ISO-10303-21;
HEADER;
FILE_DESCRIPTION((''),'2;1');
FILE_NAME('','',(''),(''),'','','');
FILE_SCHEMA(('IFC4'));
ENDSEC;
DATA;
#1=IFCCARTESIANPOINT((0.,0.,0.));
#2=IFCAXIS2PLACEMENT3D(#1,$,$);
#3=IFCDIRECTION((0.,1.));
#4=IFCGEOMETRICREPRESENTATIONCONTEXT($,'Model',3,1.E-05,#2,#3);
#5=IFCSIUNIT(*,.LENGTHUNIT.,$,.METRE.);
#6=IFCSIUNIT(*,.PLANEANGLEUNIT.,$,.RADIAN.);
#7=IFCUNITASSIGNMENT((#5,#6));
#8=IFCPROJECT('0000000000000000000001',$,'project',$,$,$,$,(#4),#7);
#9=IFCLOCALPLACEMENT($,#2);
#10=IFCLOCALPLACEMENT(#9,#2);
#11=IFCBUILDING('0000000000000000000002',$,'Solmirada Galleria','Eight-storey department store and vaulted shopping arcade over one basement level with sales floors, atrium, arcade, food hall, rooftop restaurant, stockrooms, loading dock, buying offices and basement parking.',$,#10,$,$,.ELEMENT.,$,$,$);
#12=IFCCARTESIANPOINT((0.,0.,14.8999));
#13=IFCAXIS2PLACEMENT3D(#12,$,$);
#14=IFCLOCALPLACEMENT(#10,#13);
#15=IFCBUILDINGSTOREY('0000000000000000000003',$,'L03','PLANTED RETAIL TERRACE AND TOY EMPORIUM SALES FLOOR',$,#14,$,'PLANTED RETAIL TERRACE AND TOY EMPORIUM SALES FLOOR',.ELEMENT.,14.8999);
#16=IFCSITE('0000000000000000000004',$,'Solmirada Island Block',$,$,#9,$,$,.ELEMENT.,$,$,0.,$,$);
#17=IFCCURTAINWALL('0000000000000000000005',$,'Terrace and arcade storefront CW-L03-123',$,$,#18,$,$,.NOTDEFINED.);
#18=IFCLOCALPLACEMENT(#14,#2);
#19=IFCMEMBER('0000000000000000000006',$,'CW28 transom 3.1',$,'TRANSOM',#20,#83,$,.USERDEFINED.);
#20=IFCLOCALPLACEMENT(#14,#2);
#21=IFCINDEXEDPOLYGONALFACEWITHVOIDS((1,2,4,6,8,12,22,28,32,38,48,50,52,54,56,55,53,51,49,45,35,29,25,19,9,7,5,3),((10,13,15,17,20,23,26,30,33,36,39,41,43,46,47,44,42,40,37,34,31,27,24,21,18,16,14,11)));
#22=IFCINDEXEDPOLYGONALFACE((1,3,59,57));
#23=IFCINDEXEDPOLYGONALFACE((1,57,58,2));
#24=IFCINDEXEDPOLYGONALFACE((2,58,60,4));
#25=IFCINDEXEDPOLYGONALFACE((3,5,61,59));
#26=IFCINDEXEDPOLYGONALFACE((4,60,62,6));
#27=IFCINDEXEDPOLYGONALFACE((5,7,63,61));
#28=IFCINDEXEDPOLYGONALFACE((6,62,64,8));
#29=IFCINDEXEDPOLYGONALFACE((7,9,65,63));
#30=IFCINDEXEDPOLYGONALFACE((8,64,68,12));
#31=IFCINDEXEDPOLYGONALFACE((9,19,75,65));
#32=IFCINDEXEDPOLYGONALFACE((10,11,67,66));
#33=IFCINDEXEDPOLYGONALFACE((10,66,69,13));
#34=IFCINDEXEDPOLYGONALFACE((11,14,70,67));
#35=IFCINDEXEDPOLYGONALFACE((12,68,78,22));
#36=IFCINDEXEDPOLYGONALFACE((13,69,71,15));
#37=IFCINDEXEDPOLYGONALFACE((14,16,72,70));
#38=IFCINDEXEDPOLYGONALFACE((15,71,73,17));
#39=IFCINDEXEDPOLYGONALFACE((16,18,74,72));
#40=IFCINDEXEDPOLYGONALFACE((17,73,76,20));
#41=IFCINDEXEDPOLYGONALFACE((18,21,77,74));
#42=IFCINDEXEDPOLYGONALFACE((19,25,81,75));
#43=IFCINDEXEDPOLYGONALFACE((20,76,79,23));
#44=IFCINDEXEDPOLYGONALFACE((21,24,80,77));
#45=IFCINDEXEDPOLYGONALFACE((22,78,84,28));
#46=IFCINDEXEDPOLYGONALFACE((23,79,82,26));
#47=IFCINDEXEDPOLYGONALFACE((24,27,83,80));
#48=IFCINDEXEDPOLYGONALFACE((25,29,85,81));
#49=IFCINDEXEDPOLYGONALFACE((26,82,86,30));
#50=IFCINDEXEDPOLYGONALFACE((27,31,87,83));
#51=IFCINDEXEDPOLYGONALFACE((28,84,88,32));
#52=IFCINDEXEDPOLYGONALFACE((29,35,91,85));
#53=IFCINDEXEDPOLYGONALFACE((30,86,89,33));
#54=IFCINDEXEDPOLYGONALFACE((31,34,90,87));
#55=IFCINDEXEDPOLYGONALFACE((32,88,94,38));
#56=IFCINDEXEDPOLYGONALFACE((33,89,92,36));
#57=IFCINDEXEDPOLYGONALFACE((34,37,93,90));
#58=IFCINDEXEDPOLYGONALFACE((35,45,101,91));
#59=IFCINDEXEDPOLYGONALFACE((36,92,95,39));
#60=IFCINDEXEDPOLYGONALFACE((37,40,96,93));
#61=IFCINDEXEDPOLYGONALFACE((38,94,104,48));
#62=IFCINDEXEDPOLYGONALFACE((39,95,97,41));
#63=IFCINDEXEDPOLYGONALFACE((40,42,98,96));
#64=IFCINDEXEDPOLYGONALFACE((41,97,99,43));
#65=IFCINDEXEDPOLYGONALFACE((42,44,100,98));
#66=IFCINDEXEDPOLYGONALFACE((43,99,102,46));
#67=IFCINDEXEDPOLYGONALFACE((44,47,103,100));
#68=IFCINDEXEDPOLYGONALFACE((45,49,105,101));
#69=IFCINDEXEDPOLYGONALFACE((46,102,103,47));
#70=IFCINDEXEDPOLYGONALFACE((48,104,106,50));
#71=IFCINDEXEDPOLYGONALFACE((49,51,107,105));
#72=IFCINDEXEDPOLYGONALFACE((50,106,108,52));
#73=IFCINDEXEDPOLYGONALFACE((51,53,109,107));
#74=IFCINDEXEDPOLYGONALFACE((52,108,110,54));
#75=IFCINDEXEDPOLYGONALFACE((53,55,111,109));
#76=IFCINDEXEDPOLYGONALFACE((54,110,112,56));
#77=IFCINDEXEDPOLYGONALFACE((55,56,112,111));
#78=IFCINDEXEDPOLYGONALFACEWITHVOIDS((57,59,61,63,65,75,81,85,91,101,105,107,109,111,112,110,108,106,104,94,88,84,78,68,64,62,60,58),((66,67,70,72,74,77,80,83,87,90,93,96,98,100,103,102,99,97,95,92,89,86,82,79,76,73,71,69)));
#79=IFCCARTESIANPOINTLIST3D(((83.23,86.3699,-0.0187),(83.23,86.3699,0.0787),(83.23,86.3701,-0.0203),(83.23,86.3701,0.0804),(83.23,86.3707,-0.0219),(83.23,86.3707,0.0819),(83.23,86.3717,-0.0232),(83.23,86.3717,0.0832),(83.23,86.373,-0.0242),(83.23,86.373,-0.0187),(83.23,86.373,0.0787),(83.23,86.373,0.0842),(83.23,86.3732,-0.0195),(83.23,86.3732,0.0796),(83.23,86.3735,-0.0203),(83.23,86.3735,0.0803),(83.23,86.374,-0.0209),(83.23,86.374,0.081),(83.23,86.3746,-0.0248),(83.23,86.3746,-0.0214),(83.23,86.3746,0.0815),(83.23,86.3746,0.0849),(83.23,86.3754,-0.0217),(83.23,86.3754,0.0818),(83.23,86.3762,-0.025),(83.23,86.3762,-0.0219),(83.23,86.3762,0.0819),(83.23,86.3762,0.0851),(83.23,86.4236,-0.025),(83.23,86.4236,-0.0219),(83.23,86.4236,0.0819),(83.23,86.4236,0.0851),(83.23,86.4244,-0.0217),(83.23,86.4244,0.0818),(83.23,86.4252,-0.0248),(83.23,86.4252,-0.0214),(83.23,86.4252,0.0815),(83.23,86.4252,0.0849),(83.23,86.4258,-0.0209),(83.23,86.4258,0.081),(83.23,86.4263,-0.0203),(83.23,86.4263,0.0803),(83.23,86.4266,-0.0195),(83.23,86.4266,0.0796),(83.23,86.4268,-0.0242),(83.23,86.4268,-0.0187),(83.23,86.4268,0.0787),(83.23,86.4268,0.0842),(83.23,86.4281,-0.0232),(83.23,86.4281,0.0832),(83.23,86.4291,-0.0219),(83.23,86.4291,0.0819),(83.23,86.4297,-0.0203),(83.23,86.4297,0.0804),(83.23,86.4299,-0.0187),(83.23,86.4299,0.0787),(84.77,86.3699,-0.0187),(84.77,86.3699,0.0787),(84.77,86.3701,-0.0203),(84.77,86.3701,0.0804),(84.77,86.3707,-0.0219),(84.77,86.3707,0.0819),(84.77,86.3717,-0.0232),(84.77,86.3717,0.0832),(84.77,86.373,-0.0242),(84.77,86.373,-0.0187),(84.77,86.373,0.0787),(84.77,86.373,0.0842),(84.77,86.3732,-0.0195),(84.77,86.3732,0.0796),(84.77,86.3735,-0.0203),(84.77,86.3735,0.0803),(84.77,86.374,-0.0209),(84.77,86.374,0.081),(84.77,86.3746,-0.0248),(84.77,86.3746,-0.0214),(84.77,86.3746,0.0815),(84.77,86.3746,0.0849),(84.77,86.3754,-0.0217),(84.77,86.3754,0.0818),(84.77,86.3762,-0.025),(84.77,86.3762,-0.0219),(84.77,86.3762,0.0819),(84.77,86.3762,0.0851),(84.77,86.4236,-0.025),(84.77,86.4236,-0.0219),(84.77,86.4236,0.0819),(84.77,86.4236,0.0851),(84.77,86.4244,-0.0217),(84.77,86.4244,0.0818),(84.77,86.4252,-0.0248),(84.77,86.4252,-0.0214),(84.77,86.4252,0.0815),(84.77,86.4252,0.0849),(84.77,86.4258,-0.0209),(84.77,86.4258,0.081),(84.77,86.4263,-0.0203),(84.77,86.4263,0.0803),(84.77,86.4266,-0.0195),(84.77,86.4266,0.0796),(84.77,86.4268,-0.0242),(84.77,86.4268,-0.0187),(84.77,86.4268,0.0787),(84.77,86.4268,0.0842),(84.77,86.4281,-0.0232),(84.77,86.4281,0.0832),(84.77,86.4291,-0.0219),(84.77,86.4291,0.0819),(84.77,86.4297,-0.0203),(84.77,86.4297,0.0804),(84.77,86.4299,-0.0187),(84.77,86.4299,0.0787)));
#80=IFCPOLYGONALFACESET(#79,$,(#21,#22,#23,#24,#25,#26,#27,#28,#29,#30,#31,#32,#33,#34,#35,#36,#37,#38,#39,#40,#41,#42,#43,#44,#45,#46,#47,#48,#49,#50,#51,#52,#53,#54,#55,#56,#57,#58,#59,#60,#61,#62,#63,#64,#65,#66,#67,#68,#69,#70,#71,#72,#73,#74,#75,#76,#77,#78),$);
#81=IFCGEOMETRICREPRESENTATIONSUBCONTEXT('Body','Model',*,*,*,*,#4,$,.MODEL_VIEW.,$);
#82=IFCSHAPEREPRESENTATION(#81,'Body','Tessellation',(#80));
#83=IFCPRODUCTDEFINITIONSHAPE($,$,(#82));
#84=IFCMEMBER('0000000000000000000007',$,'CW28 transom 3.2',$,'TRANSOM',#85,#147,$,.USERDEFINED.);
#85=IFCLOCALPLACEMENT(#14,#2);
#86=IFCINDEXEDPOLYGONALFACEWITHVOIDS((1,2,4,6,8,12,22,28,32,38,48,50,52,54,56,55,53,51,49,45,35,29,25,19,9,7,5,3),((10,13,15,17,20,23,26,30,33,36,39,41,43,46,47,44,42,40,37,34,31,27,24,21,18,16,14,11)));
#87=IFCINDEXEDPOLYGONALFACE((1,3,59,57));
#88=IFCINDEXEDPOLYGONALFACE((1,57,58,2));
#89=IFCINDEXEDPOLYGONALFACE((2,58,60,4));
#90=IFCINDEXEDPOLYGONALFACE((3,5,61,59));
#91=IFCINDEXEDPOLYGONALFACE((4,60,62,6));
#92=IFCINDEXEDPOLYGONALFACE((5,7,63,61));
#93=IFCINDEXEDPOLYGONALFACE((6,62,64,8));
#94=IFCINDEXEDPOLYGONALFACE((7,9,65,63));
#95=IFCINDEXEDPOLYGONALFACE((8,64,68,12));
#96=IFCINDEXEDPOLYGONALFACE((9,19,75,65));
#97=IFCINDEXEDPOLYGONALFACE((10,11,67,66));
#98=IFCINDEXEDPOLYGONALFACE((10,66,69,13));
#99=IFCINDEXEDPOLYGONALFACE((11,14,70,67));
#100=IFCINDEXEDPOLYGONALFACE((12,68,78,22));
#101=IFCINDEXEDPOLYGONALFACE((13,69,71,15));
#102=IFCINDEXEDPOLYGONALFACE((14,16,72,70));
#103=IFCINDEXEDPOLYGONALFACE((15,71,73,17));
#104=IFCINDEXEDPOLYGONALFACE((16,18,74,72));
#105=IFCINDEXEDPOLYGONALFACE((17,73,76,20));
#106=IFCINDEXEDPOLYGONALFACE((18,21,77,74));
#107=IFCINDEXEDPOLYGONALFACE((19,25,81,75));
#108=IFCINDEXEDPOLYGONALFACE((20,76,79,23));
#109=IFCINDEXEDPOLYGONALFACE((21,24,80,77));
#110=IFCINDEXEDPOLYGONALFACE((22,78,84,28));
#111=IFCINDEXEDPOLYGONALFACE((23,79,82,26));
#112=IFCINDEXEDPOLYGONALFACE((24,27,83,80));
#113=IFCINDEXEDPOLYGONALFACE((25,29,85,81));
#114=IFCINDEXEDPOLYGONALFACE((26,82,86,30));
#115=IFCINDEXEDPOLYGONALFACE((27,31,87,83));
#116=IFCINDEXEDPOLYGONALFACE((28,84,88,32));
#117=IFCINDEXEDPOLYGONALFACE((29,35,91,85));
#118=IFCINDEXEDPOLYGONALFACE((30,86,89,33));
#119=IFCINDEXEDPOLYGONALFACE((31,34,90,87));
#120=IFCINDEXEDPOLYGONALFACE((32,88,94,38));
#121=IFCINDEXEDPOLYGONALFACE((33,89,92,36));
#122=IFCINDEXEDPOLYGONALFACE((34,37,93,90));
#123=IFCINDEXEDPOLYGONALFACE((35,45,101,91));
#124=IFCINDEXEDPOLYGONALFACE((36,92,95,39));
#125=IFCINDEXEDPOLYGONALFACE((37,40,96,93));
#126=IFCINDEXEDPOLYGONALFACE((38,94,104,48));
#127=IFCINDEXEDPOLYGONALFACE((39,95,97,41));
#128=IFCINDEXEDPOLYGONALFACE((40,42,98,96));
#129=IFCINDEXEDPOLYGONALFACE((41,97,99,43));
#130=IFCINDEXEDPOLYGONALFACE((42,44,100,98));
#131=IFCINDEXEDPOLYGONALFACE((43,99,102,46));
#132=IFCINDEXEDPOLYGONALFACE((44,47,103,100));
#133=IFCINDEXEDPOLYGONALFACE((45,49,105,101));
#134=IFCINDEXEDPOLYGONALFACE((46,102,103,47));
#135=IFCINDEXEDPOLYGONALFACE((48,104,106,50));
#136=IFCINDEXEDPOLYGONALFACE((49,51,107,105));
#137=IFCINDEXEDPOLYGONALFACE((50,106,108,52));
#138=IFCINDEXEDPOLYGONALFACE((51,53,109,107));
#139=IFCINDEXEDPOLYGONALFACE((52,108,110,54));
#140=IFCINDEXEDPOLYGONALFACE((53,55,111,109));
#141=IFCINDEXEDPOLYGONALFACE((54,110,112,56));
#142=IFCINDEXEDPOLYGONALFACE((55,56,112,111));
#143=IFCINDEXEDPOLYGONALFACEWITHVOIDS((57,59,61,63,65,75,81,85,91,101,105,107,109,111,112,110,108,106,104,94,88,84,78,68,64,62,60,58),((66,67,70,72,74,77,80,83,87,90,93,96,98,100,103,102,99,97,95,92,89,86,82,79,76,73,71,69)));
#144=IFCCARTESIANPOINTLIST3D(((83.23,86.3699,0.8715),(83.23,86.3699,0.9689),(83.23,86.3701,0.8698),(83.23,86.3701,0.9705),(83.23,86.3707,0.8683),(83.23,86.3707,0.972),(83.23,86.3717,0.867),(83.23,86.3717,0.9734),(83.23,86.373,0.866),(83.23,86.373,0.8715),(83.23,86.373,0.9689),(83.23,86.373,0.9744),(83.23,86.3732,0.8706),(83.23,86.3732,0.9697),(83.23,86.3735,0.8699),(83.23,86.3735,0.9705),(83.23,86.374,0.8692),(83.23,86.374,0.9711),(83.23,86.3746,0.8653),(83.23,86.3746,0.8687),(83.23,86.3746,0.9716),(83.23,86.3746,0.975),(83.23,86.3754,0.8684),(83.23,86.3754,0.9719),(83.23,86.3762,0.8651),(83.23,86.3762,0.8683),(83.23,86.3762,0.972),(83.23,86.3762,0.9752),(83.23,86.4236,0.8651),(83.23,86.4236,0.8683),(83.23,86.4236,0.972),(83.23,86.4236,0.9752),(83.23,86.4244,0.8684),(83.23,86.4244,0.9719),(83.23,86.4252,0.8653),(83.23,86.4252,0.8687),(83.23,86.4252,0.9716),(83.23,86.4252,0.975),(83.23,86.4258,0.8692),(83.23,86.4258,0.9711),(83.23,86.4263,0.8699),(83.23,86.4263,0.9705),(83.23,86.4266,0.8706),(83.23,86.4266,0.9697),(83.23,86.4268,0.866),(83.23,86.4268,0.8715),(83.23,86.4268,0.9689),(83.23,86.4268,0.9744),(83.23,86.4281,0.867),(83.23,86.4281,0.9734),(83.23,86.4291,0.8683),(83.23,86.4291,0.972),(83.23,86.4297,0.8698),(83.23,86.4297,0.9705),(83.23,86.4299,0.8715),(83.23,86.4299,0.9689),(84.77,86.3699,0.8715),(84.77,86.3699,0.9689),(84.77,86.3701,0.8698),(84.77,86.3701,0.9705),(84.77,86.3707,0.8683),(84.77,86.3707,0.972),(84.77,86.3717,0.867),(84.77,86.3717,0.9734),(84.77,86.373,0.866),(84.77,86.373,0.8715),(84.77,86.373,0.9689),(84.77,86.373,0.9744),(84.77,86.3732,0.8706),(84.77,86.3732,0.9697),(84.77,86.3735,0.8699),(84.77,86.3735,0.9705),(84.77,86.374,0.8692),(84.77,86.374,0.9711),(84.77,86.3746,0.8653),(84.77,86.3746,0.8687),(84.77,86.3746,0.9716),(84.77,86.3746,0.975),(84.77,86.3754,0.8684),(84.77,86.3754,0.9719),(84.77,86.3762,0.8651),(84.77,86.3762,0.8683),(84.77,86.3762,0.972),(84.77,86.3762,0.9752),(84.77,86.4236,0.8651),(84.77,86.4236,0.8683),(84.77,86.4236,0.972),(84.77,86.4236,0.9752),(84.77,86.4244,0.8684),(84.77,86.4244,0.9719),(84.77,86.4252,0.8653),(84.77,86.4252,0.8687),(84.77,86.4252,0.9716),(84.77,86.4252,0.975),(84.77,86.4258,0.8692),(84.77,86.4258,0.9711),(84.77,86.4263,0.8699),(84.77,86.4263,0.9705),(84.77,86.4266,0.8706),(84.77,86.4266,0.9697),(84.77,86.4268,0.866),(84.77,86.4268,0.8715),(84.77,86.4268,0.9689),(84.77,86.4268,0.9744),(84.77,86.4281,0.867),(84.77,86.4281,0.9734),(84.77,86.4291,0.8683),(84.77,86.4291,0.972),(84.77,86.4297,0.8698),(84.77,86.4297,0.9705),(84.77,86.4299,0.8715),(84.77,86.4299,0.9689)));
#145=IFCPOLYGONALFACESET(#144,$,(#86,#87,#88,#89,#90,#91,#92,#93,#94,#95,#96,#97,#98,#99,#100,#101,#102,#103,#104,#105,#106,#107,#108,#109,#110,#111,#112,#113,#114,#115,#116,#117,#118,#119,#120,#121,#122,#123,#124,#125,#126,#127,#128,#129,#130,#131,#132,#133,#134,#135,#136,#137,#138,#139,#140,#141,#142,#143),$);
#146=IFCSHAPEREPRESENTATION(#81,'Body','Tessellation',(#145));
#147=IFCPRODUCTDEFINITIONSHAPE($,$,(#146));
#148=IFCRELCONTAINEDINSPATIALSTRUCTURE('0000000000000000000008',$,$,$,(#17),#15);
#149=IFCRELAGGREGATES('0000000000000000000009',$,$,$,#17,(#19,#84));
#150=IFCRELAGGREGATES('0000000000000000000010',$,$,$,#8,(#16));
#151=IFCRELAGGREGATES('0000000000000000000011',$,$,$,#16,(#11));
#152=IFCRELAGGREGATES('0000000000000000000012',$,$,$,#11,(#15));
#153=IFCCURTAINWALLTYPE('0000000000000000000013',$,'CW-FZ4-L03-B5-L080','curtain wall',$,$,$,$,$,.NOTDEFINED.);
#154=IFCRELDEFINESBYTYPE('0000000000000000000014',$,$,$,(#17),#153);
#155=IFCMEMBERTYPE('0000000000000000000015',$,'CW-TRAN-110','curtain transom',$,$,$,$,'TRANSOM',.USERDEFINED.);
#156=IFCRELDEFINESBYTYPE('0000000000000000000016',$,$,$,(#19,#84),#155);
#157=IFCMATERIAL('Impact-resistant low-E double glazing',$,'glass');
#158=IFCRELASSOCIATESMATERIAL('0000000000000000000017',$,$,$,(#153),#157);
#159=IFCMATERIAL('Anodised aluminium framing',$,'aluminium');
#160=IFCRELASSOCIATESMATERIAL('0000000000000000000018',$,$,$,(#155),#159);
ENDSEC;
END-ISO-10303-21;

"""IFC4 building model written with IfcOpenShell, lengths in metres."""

from ifc_helpers import new_model, si_unit, direction, frame, origin, origin_2d, place, context, subcontext, project, spatial, hollow_rectangle, extrude, material, material_profile, profile_set, type_object, element, aggregate, save


model = new_model("IFC4")

# Units and contexts
model_context = context("Model", 3, precision=1e-05, world=origin(), true_north=direction((0.0, 1.0)))
body_context = subcontext(model_context, "Body", "Model", "MODEL_VIEW")
ifc_project = project(units=[si_unit("LENGTHUNIT", "METRE"), si_unit("PLANEANGLEUNIT", "RADIAN")], contexts=[model_context])

# Site, building, storey
site_placement = place(None, origin())
site = spatial("IfcSite", under=ifc_project, at=site_placement, Name="Solmirada Island Block", CompositionType="ELEMENT", RefElevation=0.0)
building_placement = place(site_placement, origin())
building = spatial("IfcBuilding", under=site, at=building_placement, Name="Solmirada Galleria", Description="Eight-storey department store and vaulted shopping arcade over one basement level with sales floors, atrium, arcade, food hall, rooftop restaurant, stockrooms, loading dock, buying offices and basement parking.", CompositionType="ELEMENT")
storey_placement = place(building_placement, frame((0.0, 0.0, 14.8999)))
storey = spatial("IfcBuildingStorey", under=building, at=storey_placement, Name="L03", Description="PLANTED RETAIL TERRACE AND TOY EMPORIUM SALES FLOOR", LongName="PLANTED RETAIL TERRACE AND TOY EMPORIUM SALES FLOOR", CompositionType="ELEMENT", Elevation=14.8999)

# Curtain wall, members
ifc_material_1 = material(Name="Impact-resistant low-E double glazing", Category="glass")
curtain_wall_type = type_object("IfcCurtainWallType", Name="CW-FZ4-L03-B5-L080", Description="curtain wall", PredefinedType="NOTDEFINED", material=ifc_material_1)
curtain_wall_placement = place(storey_placement, origin())
curtain_wall = element("IfcCurtainWall", 1, at=curtain_wall_placement, inside=storey, type_object=curtain_wall_type, Name="Terrace and arcade storefront CW-L03-123", PredefinedType="NOTDEFINED")
ifc_material_2 = material(Name="Anodised aluminium framing", Category="aluminium")
ifc_material_profile_1 = material_profile(ifc_material_2, hollow_rectangle(XDim=0.0601, YDim=0.1101, WallThickness=0.0032, InnerFilletRadius=0.0032, OuterFilletRadius=0.0063, at=origin_2d()), Name="ALU-TRAN-110X60")
ifc_profile_set_1 = profile_set([ifc_material_profile_1], Name="Anodised aluminium framing")
member_type_1 = type_object("IfcMemberType", Name="CW-TRAN-110", Description="curtain transom", ElementType="TRANSOM", PredefinedType="USERDEFINED", material=ifc_profile_set_1)
member_1_placement = place(storey_placement, frame((84.77, 86.3999, 0.03), z_axis=(-1.0, 0.0, 0.0), x_axis=(0.0, -1.0, 0.0)))
member_1 = element("IfcMember", 2, at=member_1_placement, type_object=member_type_1, Name="CW28 transom 3.1", ObjectType="TRANSOM", PredefinedType="USERDEFINED", context=body_context, shape_type="SweptSolid", body=[
    extrude(hollow_rectangle(XDim=0.0601, YDim=0.1101, WallThickness=0.0032, InnerFilletRadius=0.0032, OuterFilletRadius=0.0063, at=origin_2d()), origin(), (0.0, 0.0, 1.0), 1.54),
])
member_2_placement = place(storey_placement, frame((84.77, 86.3999, 0.9202), z_axis=(-1.0, 0.0, 0.0), x_axis=(0.0, -1.0, 0.0)))
member_2 = element("IfcMember", 3, at=member_2_placement, type_object=member_type_1, Name="CW28 transom 3.2", ObjectType="TRANSOM", PredefinedType="USERDEFINED", context=body_context, shape_type="SweptSolid", body=[
    extrude(hollow_rectangle(XDim=0.0601, YDim=0.1101, WallThickness=0.0032, InnerFilletRadius=0.0032, OuterFilletRadius=0.0063, at=origin_2d()), origin(), (0.0, 0.0, 1.0), 1.54),
])
aggregate(curtain_wall, [member_1, member_2])

save(model, "model.ifc")
